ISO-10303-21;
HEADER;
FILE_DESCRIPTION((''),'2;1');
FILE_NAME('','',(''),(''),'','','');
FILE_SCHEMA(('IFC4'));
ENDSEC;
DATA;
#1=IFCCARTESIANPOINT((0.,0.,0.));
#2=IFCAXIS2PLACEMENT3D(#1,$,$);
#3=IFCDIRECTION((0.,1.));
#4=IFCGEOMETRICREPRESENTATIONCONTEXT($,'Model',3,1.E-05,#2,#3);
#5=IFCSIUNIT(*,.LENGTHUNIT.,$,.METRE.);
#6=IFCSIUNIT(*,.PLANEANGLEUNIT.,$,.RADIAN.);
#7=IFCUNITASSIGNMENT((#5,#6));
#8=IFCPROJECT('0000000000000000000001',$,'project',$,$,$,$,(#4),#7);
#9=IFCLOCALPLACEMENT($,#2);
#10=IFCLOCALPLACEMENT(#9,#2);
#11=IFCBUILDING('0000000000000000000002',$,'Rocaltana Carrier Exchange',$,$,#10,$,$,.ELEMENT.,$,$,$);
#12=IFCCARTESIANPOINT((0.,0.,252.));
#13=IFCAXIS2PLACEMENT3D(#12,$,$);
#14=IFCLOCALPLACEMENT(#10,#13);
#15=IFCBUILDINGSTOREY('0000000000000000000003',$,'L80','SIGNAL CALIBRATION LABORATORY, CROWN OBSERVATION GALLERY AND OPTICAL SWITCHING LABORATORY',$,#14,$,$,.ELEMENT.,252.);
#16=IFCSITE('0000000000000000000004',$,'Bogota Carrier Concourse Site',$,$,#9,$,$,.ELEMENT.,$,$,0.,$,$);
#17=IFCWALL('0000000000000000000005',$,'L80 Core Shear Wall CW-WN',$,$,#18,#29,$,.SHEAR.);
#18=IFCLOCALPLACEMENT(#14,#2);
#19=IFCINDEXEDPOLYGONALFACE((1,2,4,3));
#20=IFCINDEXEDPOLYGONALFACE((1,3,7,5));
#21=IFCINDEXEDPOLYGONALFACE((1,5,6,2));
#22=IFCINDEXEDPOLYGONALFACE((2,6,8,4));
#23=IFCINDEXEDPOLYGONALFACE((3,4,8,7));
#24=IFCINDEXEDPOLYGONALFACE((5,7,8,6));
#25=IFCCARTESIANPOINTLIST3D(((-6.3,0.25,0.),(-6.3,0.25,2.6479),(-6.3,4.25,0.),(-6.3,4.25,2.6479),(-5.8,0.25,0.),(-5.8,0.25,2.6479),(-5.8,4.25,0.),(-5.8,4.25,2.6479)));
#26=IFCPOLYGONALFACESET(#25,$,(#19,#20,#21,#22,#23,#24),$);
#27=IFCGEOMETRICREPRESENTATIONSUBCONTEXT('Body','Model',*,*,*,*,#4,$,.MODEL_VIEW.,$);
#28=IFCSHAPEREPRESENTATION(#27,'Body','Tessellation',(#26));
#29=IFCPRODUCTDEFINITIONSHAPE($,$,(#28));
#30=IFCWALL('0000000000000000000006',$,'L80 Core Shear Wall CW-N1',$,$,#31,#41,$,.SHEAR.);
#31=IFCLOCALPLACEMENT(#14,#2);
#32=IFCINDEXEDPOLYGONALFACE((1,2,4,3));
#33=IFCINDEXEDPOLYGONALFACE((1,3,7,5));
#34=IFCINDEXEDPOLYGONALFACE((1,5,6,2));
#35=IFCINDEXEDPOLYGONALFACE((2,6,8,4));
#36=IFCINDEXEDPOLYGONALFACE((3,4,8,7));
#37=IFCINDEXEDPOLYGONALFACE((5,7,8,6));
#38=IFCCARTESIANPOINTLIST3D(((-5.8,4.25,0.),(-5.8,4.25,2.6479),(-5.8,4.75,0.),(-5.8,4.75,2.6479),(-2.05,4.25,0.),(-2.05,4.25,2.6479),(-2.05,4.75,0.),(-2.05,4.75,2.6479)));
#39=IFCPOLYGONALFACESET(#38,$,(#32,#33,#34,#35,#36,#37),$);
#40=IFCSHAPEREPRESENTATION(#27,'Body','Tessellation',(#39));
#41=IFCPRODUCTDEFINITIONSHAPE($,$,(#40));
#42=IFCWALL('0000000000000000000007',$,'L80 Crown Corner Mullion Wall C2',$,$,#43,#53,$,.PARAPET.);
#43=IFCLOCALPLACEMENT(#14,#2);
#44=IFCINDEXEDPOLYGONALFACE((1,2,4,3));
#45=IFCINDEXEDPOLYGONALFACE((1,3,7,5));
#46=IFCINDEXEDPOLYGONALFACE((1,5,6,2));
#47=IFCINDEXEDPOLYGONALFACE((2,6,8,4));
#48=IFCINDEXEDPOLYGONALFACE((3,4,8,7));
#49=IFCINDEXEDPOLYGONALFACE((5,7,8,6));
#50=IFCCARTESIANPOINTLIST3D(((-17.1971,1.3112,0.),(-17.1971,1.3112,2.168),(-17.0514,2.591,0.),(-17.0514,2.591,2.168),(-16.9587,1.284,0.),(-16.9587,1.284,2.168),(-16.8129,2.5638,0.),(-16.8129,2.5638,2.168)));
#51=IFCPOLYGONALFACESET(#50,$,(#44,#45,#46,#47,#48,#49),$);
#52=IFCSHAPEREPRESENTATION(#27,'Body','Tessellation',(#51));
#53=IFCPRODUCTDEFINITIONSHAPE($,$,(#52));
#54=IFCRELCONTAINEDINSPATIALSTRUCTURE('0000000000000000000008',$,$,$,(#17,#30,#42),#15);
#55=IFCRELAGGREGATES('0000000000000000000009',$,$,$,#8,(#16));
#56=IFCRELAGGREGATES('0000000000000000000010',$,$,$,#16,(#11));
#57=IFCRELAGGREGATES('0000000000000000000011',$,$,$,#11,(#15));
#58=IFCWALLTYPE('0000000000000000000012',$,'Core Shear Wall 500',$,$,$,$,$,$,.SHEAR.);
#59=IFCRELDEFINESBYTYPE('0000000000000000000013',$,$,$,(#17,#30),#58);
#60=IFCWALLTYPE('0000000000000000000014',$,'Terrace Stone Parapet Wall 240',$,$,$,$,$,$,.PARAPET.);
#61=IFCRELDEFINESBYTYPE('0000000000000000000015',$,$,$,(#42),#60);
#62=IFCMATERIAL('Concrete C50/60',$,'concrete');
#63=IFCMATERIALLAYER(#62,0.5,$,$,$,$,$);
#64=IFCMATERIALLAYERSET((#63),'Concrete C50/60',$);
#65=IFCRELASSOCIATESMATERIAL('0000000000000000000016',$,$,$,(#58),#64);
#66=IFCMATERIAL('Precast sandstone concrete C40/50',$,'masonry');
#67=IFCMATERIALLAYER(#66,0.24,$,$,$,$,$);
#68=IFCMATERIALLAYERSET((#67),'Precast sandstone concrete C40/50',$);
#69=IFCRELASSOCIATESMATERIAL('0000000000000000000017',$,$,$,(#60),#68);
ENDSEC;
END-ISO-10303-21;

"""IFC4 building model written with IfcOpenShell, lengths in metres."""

from ifc_helpers import new_model, si_unit, direction, frame, frame_2d, origin, place, context, subcontext, project, spatial, rectangle, extrude, material, layer, layer_set, type_object, element, save


model = new_model("IFC4")

# Units and contexts
model_context = context("Model", 3, precision=1e-05, world=origin(), true_north=direction((0.0, 1.0)))
body_context = subcontext(model_context, "Body", "Model", "MODEL_VIEW")
ifc_project = project(units=[si_unit("LENGTHUNIT", "METRE"), si_unit("PLANEANGLEUNIT", "RADIAN")], contexts=[model_context])

# Site, building, storey
site_placement = place(None, origin())
site = spatial("IfcSite", under=ifc_project, at=site_placement, Name="Bogota Carrier Concourse Site", CompositionType="ELEMENT", RefElevation=0.0)
building_placement = place(site_placement, origin())
building = spatial("IfcBuilding", under=site, at=building_placement, Name="Rocaltana Carrier Exchange", CompositionType="ELEMENT")
storey_placement = place(building_placement, frame((0.0, 0.0, 252.0)))
storey = spatial("IfcBuildingStorey", under=building, at=storey_placement, Name="L80", Description="SIGNAL CALIBRATION LABORATORY, CROWN OBSERVATION GALLERY AND OPTICAL SWITCHING LABORATORY", CompositionType="ELEMENT", Elevation=252.0)

# Walls
ifc_material_1 = material(Name="Concrete C50/60", Category="concrete")
ifc_layer_1 = layer(ifc_material_1, 0.5)
ifc_layer_set_1 = layer_set([ifc_layer_1], Name="Concrete C50/60")
wall_type_1 = type_object("IfcWallType", Name="Core Shear Wall 500", PredefinedType="SHEAR", material=ifc_layer_set_1)
wall_1_placement = place(storey_placement, frame((-6.05, 0.25, 0.0), z_axis=(0.0, 0.0, 1.0), x_axis=(0.0, 1.0, 0.0)))
element("IfcWall", 1, at=wall_1_placement, inside=storey, type_object=wall_type_1, Name="L80 Core Shear Wall CW-WN", PredefinedType="SHEAR", context=body_context, shape_type="SweptSolid", body=[
    extrude(rectangle(XDim=4.0, YDim=0.5, at=frame_2d((2.0, 0.0))), origin(), (0.0, 0.0, 1.0), 2.6479),
])
wall_2_placement = place(storey_placement, frame((-5.8, 4.5, 0.0), z_axis=(0.0, 0.0, 1.0), x_axis=(1.0, 0.0, 0.0)))
element("IfcWall", 2, at=wall_2_placement, inside=storey, type_object=wall_type_1, Name="L80 Core Shear Wall CW-N1", PredefinedType="SHEAR", context=body_context, shape_type="SweptSolid", body=[
    extrude(rectangle(XDim=3.75, YDim=0.5, at=frame_2d((1.875, 0.0))), origin(), (0.0, 0.0, 1.0), 2.6479),
])
ifc_material_2 = material(Name="Precast sandstone concrete C40/50", Category="masonry")
ifc_layer_2 = layer(ifc_material_2, 0.24)
ifc_layer_set_2 = layer_set([ifc_layer_2], Name="Precast sandstone concrete C40/50")
wall_type_2 = type_object("IfcWallType", Name="Terrace Stone Parapet Wall 240", PredefinedType="PARAPET", material=ifc_layer_set_2)
wall_3_placement = place(storey_placement, frame((-16.9321, 2.5774, 0.0), z_axis=(0.0, 0.0, 1.0), x_axis=(-0.113156, -0.993577, 0.0)))
element("IfcWall", 3, at=wall_3_placement, inside=storey, type_object=wall_type_2, Name="L80 Crown Corner Mullion Wall C2", PredefinedType="PARAPET", context=body_context, shape_type="SweptSolid", body=[
    extrude(rectangle(XDim=1.2881, YDim=0.24, at=frame_2d((0.644, 0.0))), origin(), (0.0, 0.0, 1.0), 2.168),
])

save(model, "model.ifc")
